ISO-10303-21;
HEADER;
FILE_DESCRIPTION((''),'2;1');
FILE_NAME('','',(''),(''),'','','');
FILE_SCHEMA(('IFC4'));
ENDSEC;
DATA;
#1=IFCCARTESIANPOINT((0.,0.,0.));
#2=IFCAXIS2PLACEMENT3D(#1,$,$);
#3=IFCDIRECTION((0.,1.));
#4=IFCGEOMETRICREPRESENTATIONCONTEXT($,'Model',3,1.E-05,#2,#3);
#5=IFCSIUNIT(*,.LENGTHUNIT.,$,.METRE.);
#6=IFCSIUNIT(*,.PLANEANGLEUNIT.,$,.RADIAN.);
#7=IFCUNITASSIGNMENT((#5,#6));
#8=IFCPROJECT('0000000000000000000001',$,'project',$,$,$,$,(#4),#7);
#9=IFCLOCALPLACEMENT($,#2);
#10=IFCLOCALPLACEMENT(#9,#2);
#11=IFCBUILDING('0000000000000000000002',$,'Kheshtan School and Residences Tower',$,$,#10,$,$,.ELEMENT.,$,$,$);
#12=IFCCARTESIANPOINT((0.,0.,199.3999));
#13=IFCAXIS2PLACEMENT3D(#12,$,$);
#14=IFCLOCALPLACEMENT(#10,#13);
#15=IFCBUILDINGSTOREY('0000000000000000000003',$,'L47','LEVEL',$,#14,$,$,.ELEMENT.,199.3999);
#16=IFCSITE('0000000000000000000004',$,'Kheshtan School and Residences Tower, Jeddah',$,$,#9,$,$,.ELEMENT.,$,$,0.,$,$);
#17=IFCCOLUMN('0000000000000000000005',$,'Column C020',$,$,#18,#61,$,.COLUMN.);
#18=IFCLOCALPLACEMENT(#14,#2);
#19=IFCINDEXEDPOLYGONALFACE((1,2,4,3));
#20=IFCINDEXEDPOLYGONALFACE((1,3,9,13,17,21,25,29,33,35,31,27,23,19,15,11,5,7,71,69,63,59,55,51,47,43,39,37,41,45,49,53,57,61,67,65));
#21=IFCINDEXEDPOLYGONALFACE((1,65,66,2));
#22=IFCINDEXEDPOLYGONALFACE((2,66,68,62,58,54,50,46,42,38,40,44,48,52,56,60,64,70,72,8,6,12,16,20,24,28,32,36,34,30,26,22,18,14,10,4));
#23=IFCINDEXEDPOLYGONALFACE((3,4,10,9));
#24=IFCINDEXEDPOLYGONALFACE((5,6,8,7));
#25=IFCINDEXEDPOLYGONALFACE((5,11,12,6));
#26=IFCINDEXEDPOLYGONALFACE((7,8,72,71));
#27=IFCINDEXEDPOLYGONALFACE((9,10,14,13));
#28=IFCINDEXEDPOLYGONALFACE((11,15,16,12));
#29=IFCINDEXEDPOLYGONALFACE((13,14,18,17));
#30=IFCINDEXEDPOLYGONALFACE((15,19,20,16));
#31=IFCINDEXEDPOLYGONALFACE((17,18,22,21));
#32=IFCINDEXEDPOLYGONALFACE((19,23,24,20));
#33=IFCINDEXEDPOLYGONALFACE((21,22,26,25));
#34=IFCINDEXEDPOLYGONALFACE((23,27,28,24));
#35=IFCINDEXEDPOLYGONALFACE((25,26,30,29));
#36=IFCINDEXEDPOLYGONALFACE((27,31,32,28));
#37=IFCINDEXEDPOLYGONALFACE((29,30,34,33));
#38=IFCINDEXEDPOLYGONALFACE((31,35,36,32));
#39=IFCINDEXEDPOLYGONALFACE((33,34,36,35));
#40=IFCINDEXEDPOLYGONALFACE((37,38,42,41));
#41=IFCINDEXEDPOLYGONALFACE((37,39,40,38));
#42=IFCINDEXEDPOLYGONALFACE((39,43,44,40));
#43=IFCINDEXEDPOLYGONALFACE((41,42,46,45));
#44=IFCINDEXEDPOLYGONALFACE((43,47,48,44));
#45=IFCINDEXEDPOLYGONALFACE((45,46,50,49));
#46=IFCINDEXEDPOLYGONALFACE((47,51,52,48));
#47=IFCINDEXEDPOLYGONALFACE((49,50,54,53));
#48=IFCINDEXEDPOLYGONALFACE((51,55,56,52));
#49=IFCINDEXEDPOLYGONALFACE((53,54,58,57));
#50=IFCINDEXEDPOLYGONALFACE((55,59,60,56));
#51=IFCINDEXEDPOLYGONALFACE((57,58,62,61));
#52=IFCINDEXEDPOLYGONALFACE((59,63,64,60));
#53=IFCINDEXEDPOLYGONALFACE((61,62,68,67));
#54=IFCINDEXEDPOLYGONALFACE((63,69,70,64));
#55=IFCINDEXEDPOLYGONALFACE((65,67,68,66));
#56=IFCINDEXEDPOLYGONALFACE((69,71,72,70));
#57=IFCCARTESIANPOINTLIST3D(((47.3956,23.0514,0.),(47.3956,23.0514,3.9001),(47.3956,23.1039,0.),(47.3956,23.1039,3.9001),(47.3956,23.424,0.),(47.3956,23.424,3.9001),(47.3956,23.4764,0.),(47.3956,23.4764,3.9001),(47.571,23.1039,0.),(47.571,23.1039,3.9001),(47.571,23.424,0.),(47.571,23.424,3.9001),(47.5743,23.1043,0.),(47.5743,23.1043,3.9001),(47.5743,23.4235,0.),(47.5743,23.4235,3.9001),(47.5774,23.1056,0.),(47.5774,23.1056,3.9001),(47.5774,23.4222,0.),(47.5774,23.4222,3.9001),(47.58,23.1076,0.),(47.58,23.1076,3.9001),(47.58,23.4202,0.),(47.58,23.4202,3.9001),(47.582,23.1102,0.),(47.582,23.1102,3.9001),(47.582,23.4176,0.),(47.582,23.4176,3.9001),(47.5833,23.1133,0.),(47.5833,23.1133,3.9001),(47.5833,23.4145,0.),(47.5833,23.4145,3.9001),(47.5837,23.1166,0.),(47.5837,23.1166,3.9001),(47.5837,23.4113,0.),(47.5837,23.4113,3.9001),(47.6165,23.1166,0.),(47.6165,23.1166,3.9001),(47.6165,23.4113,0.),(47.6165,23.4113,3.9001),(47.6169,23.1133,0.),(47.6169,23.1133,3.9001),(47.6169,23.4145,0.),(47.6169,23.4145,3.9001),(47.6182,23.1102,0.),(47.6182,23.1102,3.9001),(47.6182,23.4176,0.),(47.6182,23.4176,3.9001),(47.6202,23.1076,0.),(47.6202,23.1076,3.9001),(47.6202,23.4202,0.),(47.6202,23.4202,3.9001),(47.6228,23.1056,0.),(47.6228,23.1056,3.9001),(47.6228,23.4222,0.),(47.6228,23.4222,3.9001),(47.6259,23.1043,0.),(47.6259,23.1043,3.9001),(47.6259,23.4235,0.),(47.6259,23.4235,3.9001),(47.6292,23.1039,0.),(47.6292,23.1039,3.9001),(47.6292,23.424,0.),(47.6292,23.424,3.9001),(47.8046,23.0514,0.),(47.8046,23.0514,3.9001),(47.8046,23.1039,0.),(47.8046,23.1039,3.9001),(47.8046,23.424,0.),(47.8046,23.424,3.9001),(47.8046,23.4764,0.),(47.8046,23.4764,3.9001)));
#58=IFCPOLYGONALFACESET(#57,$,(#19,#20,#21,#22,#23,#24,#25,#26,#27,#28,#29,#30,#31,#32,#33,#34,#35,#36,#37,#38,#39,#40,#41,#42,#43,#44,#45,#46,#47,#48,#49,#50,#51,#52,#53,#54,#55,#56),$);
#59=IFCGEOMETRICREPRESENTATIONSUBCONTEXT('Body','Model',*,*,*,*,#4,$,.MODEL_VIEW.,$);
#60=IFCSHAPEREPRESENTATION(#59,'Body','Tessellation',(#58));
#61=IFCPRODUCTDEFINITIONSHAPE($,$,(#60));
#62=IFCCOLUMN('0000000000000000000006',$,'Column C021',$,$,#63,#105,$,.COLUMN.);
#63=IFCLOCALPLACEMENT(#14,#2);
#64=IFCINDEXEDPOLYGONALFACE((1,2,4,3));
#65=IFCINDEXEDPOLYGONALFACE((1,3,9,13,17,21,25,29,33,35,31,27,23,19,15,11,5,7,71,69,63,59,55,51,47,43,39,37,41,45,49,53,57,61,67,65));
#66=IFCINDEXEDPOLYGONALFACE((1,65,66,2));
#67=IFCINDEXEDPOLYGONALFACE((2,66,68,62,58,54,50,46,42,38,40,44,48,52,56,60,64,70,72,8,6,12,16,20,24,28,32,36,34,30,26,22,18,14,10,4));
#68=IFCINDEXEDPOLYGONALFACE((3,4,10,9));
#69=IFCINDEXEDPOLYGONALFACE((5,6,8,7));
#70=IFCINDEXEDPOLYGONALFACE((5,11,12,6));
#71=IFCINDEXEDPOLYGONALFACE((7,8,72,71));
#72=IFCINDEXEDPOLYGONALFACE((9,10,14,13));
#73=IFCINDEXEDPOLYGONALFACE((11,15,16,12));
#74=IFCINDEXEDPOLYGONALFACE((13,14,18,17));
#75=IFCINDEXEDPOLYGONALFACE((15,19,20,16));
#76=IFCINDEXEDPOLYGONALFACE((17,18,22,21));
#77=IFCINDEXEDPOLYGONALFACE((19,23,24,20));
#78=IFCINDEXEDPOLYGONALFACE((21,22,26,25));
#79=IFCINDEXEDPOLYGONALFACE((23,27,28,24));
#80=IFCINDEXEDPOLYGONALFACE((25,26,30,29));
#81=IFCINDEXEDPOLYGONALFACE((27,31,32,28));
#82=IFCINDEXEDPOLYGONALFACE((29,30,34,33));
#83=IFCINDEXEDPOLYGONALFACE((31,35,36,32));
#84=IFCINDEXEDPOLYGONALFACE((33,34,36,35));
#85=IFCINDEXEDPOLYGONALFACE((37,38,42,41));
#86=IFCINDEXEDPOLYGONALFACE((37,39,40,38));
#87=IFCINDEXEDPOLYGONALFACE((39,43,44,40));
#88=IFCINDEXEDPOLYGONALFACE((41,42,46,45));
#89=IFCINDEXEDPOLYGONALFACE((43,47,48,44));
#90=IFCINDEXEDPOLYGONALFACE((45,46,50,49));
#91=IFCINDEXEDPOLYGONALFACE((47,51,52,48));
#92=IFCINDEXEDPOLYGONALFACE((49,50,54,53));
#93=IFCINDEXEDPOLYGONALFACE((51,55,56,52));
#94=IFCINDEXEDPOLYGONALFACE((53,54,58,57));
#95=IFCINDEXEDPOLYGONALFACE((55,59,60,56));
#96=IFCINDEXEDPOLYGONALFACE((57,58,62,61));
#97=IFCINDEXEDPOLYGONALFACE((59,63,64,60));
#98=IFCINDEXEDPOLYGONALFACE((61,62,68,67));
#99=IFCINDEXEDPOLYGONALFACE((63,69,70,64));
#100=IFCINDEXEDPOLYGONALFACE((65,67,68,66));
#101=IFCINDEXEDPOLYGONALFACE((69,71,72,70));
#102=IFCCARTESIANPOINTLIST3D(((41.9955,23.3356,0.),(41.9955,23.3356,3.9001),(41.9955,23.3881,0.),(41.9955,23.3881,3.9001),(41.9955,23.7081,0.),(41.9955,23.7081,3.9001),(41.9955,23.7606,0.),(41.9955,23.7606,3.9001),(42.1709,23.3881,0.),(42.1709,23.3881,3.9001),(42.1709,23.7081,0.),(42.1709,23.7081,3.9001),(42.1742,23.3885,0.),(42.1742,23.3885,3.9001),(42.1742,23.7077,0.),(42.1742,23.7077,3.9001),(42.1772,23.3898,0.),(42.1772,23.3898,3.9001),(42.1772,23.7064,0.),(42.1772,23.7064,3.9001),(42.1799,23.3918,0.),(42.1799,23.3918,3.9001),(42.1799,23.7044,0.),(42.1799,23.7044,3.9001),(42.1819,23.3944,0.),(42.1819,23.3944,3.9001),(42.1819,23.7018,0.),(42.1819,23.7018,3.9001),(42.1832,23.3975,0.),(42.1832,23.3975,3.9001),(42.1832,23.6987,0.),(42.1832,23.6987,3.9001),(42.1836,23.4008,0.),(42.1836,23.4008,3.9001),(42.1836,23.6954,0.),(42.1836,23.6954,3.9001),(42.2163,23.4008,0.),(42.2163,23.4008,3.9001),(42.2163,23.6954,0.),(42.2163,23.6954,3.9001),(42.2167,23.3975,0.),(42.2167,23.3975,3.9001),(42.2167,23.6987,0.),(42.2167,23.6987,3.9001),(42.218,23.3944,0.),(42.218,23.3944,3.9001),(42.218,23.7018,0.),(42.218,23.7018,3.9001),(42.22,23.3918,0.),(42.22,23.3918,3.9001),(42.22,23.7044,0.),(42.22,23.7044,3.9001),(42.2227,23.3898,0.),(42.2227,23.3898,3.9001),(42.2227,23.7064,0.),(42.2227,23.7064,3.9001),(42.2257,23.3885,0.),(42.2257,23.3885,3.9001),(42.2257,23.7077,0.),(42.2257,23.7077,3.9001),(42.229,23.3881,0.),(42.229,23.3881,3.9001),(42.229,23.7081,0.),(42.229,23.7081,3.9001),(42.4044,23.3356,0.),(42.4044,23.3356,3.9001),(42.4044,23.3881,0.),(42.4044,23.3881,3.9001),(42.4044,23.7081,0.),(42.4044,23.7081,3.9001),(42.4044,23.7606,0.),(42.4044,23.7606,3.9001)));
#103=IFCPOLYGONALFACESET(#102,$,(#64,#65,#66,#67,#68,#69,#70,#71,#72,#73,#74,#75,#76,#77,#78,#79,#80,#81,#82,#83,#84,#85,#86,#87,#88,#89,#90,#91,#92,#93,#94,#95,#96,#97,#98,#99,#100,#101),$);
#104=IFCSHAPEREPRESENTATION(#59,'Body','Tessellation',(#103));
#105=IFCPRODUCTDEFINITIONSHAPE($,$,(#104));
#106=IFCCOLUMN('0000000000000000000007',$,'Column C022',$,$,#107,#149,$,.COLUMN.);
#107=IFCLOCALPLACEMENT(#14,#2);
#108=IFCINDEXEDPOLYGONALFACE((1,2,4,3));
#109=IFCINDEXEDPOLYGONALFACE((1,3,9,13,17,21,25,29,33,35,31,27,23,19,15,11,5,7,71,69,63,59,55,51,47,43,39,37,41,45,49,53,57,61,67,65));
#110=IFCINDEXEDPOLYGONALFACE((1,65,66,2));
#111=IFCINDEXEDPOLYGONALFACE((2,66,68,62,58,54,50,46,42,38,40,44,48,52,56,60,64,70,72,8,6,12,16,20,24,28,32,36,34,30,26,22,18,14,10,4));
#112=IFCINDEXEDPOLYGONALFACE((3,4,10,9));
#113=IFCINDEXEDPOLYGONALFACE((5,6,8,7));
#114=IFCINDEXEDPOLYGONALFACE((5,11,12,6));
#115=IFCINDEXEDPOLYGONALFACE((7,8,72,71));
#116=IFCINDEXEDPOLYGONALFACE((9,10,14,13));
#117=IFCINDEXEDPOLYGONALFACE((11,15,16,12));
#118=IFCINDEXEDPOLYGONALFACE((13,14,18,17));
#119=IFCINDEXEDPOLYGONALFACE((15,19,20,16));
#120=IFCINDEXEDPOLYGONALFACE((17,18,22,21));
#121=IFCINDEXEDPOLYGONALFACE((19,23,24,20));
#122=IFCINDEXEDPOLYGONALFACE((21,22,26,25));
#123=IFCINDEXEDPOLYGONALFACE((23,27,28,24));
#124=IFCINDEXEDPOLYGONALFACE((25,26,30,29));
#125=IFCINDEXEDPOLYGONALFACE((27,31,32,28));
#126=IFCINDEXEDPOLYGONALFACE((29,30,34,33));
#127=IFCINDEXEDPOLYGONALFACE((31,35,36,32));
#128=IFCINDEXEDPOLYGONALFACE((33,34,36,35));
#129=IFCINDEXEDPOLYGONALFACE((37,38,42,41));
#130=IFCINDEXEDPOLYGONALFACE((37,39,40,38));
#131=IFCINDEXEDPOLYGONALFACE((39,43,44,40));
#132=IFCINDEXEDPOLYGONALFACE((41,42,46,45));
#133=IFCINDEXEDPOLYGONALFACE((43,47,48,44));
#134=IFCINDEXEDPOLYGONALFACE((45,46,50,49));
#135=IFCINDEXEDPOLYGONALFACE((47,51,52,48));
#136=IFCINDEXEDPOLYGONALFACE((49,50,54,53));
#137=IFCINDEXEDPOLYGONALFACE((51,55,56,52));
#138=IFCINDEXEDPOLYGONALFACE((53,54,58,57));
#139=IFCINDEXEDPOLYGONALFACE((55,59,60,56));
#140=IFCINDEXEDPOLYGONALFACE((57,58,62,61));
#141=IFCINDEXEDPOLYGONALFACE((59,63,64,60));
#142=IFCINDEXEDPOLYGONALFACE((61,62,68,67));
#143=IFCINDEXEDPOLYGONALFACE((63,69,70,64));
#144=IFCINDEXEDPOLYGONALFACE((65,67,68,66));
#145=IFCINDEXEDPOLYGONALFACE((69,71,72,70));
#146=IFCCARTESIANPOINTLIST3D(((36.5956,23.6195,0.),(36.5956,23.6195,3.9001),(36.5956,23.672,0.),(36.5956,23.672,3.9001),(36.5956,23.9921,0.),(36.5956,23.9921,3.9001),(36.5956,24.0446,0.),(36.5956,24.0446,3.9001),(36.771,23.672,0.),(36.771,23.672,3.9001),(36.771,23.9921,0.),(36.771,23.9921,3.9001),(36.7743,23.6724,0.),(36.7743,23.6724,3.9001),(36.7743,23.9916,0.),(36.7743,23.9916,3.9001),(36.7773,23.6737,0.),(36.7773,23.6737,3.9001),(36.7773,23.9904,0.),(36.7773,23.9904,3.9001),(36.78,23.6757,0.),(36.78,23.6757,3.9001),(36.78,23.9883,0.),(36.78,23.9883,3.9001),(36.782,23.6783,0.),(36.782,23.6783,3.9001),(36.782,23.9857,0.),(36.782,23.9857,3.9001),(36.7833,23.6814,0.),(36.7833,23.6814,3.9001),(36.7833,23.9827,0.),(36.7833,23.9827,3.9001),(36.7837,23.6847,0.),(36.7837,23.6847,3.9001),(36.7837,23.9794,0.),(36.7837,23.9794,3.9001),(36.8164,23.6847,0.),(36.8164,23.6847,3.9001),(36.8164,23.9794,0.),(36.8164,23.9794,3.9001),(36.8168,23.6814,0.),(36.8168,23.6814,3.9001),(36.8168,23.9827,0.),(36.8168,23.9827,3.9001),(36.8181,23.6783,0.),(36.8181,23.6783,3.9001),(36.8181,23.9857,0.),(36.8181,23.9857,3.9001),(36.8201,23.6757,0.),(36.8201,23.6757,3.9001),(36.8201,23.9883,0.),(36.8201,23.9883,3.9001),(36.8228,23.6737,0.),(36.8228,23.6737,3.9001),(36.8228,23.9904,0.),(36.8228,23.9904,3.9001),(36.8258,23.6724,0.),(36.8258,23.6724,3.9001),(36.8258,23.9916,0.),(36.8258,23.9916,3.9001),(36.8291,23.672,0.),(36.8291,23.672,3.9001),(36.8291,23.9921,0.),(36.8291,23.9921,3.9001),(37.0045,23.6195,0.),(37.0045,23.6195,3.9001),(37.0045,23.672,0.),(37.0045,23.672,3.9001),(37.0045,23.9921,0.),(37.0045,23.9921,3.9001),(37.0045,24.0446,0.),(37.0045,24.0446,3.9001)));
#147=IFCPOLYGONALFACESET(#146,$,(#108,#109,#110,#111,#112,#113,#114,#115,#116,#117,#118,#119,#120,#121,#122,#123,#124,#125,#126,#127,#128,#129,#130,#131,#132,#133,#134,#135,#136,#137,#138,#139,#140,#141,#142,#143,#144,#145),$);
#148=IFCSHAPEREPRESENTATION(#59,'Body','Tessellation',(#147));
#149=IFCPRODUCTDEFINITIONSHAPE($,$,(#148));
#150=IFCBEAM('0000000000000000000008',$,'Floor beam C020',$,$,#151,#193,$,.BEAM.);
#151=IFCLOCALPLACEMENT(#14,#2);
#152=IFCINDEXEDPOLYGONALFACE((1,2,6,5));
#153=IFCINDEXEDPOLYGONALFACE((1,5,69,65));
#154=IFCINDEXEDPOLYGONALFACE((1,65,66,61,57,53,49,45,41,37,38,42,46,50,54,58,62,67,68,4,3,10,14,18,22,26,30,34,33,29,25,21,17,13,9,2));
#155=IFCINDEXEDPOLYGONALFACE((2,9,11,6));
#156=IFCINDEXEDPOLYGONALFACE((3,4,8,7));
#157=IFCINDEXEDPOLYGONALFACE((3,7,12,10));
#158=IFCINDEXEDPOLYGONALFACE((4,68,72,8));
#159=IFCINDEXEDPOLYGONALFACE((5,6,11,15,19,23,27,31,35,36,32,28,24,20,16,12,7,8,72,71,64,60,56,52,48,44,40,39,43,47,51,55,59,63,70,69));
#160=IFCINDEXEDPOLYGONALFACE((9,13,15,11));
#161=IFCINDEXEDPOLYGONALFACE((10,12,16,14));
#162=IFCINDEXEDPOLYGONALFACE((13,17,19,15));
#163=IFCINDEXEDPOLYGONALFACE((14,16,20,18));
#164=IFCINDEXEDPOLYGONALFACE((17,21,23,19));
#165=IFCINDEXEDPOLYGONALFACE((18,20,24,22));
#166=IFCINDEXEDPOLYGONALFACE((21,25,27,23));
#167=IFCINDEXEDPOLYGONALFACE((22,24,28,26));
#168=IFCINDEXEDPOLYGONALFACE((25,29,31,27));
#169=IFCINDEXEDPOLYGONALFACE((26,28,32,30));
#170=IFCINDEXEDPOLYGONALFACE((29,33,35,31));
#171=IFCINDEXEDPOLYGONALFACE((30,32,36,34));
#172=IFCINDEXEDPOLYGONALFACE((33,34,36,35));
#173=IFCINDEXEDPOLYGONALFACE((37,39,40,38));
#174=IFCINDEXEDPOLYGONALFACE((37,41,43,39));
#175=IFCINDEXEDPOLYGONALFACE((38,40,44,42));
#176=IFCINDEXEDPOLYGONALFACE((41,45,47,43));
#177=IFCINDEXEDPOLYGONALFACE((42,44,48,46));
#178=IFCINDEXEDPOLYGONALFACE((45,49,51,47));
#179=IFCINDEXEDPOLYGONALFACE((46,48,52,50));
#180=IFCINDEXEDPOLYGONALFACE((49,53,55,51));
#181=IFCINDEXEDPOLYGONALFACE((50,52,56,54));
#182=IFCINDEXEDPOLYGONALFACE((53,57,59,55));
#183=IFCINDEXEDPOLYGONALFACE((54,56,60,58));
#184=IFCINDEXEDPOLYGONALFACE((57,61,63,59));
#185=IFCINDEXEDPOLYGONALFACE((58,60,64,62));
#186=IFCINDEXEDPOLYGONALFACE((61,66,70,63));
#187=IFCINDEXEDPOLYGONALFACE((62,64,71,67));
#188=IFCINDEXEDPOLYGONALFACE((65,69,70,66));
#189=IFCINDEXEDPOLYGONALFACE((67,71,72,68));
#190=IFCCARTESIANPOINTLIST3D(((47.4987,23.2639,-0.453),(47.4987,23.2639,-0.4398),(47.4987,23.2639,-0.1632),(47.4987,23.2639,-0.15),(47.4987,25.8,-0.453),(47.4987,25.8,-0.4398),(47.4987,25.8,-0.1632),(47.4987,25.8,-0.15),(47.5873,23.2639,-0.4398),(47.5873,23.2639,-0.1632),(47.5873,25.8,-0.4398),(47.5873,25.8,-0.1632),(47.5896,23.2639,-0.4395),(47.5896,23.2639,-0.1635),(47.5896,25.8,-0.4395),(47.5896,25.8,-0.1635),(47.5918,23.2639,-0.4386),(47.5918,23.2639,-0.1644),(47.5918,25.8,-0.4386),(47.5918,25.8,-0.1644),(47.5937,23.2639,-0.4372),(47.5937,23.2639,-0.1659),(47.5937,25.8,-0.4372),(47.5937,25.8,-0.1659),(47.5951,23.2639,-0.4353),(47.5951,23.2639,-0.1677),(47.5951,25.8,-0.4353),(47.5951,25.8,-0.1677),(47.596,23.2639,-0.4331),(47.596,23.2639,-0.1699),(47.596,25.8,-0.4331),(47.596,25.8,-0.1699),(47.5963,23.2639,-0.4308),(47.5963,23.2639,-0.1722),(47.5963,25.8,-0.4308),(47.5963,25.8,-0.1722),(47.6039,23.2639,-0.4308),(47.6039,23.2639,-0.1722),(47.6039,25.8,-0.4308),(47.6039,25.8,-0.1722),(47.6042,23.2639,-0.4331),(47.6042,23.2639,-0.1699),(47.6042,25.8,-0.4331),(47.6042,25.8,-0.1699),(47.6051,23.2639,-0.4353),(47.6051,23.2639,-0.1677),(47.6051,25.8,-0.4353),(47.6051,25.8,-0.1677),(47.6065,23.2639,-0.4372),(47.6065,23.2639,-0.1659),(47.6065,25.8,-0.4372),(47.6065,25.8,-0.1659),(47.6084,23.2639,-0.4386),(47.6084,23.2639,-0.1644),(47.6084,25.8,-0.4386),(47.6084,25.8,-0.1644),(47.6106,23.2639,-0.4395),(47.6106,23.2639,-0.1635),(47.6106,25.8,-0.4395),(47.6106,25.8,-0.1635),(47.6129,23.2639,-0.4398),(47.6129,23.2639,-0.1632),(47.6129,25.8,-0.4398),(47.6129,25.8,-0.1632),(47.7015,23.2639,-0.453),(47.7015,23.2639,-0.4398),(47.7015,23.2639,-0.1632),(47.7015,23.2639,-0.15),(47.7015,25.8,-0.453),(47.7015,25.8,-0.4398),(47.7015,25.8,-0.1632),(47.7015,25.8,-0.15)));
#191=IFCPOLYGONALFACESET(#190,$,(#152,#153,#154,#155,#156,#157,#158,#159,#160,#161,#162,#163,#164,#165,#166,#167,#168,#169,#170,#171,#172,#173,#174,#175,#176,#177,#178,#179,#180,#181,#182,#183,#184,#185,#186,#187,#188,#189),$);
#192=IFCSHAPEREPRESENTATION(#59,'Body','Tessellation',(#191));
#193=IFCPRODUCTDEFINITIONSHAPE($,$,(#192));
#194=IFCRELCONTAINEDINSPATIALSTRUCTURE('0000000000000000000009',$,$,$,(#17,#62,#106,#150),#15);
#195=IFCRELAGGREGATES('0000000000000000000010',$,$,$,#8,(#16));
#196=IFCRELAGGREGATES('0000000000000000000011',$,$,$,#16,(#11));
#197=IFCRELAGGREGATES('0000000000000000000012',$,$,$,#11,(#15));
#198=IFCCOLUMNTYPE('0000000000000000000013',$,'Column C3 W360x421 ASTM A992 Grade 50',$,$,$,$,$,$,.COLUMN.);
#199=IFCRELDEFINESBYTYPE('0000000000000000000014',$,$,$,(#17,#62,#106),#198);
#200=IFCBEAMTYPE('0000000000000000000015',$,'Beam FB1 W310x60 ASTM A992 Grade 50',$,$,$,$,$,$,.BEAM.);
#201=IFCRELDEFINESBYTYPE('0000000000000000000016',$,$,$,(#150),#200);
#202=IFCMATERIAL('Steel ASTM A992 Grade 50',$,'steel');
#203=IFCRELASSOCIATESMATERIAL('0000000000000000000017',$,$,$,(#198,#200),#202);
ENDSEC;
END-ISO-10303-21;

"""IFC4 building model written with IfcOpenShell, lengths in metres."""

from ifc_helpers import new_model, si_unit, direction, frame, origin, origin_2d, place, context, subcontext, project, spatial, i_section, extrude, material, material_profile, profile_set, type_object, element, save


model = new_model("IFC4")

# Units and contexts
model_context = context("Model", 3, precision=1e-05, world=origin(), true_north=direction((0.0, 1.0)))
body_context = subcontext(model_context, "Body", "Model", "MODEL_VIEW")
ifc_project = project(units=[si_unit("LENGTHUNIT", "METRE"), si_unit("PLANEANGLEUNIT", "RADIAN")], contexts=[model_context])

# Site, building, storey
site_placement = place(None, origin())
site = spatial("IfcSite", under=ifc_project, at=site_placement, Name="Kheshtan School and Residences Tower, Jeddah", CompositionType="ELEMENT", RefElevation=0.0)
building_placement = place(site_placement, origin())
building = spatial("IfcBuilding", under=site, at=building_placement, Name="Kheshtan School and Residences Tower", CompositionType="ELEMENT")
storey_placement = place(building_placement, frame((0.0, 0.0, 199.3999)))
storey = spatial("IfcBuildingStorey", under=building, at=storey_placement, Name="L47", Description="LEVEL", CompositionType="ELEMENT", Elevation=199.3999)

# Columns
ifc_material_1 = material(Name="Steel ASTM A992 Grade 50", Category="steel")
ifc_material_profile_1 = material_profile(ifc_material_1, i_section(OverallWidth=0.4089, OverallDepth=0.425, WebThickness=0.0327, FlangeThickness=0.0525, FilletRadius=0.0127, at=origin_2d()), Name="W360x421")
ifc_profile_set_1 = profile_set([ifc_material_profile_1], Name="Steel ASTM A992 Grade 50")
column_type = type_object("IfcColumnType", Name="Column C3 W360x421 ASTM A992 Grade 50", PredefinedType="COLUMN", material=ifc_profile_set_1)
for number, where, z_axis, x_axis, name in (
    (1, (47.6001, 23.2639, 0.0), (0.0, 0.0, 1.0), (1.0, 0.0, 0.0), "Column C020"),
    (2, (42.2, 23.5481, 0.0), (0.0, 0.0, 1.0), (1.0, 0.0, 0.0), "Column C021"),
    (3, (36.8, 23.832, 0.0), (0.0, 0.0, 1.0), (1.0, 0.0, 0.0), "Column C022"),
):
    element("IfcColumn", number, at=place(storey_placement, frame(where, z_axis=z_axis, x_axis=x_axis)), inside=storey, type_object=column_type, Name=name, PredefinedType="COLUMN", context=body_context, shape_type="SweptSolid", body=[
        extrude(i_section(OverallWidth=0.4089, OverallDepth=0.425, WebThickness=0.0327, FlangeThickness=0.0525, FilletRadius=0.0127, at=origin_2d()), origin(), (0.0, 0.0, 1.0), 3.9001),
    ])

# Beam
ifc_material_profile_2 = material_profile(ifc_material_1, i_section(OverallWidth=0.2029, OverallDepth=0.303, WebThickness=0.0076, FlangeThickness=0.0132, FilletRadius=0.009, at=origin_2d()), Name="W310x60")
ifc_profile_set_2 = profile_set([ifc_material_profile_2], Name="Steel ASTM A992 Grade 50")
beam_type_1 = type_object("IfcBeamType", Name="Beam FB1 W310x60 ASTM A992 Grade 50", PredefinedType="BEAM", material=ifc_profile_set_2)
beam_1_placement = place(storey_placement, frame((47.6001, 23.2639, -0.3015), z_axis=(0.0, 1.0, 0.0), x_axis=(-1.0, 0.0, 0.0)))
element("IfcBeam", 4, at=beam_1_placement, inside=storey, type_object=beam_type_1, Name="Floor beam C020", PredefinedType="BEAM", context=body_context, shape_type="SweptSolid", body=[
    extrude(i_section(OverallWidth=0.2029, OverallDepth=0.303, WebThickness=0.0076, FlangeThickness=0.0132, FilletRadius=0.009, at=origin_2d()), origin(), (0.0, 0.0, 1.0), 2.5361),
])

save(model, "model.ifc")
